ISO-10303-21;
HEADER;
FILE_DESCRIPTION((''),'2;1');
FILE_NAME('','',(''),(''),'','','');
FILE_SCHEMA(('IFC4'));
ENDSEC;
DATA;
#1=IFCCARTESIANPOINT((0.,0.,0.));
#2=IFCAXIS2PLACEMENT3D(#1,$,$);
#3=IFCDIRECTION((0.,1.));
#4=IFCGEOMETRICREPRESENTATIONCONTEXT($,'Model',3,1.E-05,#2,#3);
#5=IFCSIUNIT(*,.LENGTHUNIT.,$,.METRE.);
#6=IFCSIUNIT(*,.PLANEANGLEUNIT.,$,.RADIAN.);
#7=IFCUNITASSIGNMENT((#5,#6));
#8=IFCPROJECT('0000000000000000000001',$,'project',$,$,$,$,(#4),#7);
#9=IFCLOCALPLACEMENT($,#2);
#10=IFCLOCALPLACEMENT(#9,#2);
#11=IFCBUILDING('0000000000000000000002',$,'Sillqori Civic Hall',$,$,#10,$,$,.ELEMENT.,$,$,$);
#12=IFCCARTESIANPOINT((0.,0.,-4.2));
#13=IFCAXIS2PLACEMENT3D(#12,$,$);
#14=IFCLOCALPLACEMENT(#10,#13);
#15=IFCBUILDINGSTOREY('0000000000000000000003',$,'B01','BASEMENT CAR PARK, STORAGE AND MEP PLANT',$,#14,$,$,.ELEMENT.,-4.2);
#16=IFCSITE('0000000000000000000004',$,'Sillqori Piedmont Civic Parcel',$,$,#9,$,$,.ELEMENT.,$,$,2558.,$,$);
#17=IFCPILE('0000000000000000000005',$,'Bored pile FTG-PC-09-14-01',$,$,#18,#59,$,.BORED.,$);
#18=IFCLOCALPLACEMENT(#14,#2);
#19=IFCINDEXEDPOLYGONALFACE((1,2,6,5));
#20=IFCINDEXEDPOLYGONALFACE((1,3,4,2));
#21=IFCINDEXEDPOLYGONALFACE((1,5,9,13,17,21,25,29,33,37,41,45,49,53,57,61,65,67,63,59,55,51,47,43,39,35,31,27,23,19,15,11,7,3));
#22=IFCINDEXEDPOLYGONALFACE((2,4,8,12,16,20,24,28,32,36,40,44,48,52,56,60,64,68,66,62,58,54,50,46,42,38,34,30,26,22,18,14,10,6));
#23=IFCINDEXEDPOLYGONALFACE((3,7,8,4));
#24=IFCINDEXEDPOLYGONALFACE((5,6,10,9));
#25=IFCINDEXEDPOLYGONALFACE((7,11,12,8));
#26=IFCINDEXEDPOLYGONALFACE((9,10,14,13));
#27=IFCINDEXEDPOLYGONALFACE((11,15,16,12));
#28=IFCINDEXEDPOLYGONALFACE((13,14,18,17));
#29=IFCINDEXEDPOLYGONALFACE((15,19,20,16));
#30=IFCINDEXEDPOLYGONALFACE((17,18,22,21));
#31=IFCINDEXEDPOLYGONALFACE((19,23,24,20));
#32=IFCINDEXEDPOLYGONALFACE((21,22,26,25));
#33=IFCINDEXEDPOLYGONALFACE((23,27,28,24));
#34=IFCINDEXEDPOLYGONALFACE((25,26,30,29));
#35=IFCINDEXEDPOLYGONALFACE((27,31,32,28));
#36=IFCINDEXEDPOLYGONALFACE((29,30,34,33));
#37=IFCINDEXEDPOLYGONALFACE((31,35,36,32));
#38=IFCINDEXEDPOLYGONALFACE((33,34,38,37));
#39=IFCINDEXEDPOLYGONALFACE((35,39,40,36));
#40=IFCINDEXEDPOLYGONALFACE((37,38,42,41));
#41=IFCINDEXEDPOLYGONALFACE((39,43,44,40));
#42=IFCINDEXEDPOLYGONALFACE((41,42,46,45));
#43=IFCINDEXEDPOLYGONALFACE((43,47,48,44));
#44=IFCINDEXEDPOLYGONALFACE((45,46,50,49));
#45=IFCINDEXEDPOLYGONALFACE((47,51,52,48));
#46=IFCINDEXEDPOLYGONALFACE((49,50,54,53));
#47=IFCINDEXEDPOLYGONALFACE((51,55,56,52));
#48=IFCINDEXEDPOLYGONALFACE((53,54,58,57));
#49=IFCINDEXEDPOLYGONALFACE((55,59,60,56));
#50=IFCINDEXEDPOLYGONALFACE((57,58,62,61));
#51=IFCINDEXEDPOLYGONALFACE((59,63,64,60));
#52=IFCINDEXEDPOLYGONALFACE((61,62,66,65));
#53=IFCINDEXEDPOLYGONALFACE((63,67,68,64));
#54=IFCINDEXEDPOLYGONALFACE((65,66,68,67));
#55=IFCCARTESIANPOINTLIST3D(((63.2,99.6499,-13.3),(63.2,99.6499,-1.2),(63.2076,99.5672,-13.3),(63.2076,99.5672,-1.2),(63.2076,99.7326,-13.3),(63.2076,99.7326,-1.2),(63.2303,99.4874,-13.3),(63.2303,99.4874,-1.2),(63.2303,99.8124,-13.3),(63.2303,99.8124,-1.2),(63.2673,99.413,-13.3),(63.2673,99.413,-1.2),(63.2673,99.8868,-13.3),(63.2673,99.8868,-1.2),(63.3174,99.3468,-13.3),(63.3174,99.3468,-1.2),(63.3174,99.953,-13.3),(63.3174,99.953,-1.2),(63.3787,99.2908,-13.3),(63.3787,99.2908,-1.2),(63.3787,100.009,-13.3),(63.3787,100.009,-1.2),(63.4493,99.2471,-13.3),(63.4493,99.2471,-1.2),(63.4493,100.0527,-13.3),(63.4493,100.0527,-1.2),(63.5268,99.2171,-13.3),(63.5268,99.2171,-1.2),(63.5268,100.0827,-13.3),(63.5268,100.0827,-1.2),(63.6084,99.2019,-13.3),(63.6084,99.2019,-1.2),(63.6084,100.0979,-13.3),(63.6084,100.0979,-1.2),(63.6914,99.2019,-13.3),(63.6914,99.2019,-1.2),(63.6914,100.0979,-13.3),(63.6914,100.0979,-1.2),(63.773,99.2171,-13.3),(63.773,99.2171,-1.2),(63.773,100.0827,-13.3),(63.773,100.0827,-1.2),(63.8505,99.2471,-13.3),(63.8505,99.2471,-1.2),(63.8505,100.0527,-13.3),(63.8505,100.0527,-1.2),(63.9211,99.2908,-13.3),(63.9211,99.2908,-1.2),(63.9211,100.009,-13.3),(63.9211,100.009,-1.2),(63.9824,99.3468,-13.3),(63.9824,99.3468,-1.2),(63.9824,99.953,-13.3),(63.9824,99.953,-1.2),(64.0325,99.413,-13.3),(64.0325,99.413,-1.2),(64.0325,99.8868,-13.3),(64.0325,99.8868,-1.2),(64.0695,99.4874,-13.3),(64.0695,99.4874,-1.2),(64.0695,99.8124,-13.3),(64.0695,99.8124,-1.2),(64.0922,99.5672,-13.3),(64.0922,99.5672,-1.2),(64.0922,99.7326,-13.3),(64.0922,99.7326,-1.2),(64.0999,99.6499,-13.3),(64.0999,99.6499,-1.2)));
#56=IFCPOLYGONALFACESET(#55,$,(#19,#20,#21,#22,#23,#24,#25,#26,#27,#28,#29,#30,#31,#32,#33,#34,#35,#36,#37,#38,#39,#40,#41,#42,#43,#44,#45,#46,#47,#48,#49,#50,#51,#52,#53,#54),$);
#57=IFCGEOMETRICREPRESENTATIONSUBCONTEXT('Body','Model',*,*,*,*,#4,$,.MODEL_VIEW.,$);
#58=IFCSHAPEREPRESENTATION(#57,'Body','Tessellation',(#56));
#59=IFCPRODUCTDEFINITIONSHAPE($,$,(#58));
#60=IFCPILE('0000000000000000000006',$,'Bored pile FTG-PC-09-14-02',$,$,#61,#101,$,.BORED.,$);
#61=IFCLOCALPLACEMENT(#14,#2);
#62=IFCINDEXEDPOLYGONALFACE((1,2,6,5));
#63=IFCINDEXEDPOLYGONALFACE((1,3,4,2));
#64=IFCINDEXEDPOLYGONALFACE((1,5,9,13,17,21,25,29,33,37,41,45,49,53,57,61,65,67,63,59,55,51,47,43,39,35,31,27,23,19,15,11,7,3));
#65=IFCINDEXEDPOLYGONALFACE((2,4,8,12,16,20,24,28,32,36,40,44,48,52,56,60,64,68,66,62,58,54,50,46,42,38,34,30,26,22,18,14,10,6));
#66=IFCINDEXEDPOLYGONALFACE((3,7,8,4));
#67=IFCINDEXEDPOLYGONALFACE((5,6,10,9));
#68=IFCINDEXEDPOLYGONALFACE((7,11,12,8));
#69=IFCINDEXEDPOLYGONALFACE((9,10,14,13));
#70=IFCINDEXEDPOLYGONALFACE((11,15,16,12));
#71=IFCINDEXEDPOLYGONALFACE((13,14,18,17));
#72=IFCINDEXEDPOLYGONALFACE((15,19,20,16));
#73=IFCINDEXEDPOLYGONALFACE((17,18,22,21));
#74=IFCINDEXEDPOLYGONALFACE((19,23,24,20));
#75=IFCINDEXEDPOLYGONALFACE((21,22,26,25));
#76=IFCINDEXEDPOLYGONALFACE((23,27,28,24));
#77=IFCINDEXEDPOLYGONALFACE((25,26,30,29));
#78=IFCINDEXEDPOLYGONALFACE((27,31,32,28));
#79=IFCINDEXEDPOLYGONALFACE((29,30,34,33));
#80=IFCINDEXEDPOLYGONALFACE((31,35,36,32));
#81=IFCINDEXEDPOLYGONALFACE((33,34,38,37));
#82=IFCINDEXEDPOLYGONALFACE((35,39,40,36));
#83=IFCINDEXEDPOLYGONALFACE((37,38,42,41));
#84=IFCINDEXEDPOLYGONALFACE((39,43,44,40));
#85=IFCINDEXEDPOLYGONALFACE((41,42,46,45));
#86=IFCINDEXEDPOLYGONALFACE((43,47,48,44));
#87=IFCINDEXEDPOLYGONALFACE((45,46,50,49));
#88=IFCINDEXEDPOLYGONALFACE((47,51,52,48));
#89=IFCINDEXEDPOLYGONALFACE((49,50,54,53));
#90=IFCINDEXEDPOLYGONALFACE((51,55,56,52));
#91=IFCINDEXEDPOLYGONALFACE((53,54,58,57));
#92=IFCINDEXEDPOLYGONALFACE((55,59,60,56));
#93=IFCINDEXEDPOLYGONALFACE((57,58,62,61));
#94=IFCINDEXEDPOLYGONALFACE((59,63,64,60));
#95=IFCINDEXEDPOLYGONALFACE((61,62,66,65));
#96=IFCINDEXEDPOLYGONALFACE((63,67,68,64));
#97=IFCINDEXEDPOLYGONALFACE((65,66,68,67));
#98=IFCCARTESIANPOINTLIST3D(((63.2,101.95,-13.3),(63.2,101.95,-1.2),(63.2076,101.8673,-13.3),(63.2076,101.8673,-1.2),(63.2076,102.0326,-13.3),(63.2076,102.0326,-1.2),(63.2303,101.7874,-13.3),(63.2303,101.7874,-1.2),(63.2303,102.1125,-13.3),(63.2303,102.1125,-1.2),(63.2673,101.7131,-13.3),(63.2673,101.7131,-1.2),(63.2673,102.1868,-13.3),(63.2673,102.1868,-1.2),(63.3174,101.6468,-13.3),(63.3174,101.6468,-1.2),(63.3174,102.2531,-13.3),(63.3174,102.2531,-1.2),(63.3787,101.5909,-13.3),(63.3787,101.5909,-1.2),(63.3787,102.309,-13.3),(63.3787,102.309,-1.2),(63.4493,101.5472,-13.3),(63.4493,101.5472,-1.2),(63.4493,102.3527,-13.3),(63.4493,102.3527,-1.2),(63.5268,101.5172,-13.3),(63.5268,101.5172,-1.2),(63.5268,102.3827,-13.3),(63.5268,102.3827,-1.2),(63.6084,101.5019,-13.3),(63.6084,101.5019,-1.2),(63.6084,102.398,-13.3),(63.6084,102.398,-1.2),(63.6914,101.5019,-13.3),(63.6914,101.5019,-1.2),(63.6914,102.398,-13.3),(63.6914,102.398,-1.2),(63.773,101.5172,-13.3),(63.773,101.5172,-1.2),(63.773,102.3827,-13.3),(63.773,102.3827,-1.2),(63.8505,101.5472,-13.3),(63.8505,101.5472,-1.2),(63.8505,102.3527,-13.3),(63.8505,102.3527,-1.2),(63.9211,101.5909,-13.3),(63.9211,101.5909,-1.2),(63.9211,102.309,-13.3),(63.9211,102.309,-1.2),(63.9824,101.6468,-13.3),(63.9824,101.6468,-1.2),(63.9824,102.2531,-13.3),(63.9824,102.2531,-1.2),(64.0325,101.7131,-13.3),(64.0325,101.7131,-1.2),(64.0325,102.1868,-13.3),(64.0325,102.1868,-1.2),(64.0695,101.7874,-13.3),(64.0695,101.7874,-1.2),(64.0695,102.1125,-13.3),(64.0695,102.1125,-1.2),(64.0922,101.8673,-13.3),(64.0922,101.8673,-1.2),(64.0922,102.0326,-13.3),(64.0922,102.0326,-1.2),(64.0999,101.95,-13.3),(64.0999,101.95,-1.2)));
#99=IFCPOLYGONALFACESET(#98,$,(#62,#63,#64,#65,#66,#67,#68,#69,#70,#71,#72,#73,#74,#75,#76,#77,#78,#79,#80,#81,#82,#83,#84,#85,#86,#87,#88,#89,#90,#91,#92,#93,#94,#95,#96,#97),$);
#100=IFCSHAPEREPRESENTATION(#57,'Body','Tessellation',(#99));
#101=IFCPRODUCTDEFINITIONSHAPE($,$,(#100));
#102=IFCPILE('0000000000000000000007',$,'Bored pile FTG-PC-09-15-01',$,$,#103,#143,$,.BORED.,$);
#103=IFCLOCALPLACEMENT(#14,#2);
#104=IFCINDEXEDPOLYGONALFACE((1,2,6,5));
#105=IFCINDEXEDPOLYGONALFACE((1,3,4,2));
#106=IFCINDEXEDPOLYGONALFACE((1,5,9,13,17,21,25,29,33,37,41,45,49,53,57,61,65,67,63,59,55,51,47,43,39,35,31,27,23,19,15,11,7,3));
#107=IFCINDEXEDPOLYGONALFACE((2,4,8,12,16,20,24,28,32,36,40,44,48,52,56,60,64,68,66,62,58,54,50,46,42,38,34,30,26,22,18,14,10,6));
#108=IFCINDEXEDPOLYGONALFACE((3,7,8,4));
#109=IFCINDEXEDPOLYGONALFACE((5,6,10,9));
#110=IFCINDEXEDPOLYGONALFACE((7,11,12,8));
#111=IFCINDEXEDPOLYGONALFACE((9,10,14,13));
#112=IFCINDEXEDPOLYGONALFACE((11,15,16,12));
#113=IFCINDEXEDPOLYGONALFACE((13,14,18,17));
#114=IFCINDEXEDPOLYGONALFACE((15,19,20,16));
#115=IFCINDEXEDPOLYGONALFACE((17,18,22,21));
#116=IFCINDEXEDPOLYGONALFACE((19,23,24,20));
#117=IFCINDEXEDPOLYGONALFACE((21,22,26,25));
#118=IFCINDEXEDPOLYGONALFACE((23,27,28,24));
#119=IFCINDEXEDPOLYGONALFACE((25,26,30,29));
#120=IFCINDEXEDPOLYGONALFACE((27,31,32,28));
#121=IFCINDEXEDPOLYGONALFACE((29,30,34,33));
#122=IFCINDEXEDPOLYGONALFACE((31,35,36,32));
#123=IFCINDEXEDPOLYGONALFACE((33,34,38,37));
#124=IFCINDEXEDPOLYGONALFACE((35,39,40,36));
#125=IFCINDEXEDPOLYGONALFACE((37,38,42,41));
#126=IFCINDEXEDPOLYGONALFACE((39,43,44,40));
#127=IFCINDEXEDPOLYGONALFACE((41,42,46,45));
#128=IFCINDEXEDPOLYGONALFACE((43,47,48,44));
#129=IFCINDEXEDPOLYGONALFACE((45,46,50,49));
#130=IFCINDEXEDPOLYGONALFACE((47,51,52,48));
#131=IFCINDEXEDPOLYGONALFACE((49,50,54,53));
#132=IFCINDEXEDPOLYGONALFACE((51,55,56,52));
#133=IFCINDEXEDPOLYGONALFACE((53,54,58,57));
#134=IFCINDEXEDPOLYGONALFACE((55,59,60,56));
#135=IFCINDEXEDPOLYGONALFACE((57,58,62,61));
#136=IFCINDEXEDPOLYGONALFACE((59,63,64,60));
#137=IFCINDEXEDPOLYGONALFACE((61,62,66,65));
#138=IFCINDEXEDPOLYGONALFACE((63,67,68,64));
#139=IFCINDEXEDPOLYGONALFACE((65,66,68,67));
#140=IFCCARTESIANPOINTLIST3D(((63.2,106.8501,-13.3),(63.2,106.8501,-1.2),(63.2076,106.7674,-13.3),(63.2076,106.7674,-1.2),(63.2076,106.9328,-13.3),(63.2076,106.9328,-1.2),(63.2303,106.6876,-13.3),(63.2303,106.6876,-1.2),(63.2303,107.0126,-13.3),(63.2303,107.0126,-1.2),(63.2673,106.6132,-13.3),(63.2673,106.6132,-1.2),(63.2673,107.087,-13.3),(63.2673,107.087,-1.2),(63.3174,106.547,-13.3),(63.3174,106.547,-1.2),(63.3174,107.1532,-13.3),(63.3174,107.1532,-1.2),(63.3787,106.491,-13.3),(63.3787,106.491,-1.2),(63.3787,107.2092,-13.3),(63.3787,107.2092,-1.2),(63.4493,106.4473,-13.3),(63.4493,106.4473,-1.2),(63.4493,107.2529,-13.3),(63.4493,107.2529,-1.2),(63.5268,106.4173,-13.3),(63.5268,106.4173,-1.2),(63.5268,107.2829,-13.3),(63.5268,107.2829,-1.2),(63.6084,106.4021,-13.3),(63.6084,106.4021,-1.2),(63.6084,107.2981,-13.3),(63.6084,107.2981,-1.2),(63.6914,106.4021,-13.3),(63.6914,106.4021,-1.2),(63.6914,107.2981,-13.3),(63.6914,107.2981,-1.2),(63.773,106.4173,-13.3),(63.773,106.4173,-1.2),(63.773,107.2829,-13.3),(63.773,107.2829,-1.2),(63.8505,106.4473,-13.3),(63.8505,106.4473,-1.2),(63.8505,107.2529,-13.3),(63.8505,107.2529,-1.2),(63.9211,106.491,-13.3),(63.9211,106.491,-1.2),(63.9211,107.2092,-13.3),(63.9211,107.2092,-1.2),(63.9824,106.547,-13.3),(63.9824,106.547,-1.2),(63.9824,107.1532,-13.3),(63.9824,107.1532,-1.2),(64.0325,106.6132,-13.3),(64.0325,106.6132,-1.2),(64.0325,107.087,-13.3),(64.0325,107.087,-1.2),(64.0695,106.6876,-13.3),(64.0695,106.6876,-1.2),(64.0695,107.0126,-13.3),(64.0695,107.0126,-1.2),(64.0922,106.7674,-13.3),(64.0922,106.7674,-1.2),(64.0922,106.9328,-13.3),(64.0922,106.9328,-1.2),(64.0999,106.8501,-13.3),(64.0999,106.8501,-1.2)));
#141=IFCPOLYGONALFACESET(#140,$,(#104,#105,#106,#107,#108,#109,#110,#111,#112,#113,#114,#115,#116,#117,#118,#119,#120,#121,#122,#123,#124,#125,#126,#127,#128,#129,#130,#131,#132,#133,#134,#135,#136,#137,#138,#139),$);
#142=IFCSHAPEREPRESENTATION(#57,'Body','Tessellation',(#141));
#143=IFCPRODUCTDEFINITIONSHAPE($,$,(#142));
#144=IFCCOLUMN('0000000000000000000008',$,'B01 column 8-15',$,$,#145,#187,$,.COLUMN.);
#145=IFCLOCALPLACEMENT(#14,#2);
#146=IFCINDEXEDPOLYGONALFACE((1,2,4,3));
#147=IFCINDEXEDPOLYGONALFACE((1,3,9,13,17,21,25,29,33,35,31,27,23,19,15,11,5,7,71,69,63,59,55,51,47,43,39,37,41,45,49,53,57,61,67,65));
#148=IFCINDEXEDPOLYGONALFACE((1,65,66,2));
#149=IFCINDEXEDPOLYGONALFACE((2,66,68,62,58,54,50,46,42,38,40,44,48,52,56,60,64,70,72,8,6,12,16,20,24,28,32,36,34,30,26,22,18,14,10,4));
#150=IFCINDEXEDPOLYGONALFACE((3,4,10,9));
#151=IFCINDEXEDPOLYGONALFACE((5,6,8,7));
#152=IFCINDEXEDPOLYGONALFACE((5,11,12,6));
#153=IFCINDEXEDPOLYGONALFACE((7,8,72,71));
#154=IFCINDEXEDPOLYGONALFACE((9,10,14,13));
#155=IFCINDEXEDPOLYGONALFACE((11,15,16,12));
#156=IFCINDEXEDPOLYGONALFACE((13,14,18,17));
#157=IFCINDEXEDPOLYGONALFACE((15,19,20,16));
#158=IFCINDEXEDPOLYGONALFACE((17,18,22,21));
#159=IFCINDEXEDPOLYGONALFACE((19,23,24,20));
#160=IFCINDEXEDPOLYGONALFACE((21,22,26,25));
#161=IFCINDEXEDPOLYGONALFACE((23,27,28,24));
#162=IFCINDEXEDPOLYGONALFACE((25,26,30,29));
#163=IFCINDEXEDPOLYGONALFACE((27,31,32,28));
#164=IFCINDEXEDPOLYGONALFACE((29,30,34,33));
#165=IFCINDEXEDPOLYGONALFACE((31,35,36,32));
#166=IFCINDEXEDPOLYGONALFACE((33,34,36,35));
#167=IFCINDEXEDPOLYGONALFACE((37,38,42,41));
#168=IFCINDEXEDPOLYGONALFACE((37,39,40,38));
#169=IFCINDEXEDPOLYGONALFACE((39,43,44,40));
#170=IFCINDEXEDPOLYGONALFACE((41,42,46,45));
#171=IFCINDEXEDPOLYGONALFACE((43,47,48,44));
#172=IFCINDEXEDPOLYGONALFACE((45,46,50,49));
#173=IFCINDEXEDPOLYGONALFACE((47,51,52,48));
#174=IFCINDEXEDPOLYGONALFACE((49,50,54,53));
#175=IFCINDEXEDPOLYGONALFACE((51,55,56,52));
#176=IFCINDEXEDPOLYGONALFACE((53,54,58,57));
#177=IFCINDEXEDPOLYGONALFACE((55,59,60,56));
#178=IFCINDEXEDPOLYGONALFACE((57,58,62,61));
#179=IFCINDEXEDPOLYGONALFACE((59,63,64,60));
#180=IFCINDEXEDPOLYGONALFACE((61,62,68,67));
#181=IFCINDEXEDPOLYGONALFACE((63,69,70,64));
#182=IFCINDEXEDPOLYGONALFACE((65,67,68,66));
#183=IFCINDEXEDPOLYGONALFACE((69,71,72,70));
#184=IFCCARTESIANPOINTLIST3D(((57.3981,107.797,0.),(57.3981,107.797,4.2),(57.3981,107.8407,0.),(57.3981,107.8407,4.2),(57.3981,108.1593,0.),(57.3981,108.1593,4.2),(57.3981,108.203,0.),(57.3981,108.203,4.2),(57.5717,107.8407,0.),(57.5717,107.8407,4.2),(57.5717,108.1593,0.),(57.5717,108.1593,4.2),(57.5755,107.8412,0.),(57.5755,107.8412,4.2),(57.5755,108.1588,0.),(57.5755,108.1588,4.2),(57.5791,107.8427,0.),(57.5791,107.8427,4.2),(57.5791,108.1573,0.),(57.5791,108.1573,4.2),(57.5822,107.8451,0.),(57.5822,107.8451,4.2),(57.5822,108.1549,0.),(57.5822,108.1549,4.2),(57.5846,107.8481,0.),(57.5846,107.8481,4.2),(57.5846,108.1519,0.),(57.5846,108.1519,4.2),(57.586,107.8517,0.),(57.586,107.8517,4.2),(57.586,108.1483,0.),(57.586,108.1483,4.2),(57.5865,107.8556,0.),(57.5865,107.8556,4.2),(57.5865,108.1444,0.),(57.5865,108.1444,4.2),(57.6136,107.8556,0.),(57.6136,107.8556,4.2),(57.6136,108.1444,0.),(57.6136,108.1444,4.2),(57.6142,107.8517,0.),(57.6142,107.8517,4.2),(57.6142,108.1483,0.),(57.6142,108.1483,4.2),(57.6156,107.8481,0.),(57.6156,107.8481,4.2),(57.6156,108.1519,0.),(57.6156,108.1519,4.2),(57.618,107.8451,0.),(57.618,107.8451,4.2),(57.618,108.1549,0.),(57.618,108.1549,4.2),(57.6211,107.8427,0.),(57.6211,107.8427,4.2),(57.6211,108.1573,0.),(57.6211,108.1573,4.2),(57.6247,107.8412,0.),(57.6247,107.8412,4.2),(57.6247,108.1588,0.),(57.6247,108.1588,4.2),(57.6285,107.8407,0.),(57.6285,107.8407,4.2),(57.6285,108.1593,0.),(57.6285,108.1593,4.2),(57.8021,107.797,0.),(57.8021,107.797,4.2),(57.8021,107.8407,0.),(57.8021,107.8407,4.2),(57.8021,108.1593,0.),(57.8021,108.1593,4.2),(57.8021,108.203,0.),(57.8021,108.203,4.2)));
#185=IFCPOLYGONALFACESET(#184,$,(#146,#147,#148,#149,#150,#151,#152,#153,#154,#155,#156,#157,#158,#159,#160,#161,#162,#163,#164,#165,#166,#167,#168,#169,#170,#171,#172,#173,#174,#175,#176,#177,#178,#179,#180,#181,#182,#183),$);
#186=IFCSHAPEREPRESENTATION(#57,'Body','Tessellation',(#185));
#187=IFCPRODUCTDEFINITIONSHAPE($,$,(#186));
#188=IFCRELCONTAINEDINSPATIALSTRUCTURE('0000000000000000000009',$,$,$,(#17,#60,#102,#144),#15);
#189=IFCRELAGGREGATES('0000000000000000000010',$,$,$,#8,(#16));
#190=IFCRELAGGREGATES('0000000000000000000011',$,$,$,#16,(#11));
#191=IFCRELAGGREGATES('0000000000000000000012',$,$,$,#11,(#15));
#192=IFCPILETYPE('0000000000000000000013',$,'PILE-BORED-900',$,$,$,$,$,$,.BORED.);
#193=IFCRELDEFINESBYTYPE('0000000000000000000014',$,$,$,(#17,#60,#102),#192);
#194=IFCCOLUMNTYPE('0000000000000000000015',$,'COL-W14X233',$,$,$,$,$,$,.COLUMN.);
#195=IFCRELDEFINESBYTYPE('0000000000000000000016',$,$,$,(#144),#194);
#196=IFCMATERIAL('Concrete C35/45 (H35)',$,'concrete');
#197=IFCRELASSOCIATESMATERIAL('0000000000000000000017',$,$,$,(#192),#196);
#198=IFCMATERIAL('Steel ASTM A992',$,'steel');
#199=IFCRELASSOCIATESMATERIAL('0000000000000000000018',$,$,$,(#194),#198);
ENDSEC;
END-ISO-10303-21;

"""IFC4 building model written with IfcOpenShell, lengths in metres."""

from ifc_helpers import new_model, si_unit, direction, frame, origin, origin_2d, place, context, subcontext, project, spatial, circle, i_section, extrude, material, material_profile, profile_set, type_object, element, save


model = new_model("IFC4")

# Units and contexts
model_context = context("Model", 3, precision=1e-05, world=origin(), true_north=direction((0.0, 1.0)))
body_context = subcontext(model_context, "Body", "Model", "MODEL_VIEW")
ifc_project = project(units=[si_unit("LENGTHUNIT", "METRE"), si_unit("PLANEANGLEUNIT", "RADIAN")], contexts=[model_context])

# Site, building, storey
site_placement = place(None, origin())
site = spatial("IfcSite", under=ifc_project, at=site_placement, Name="Sillqori Piedmont Civic Parcel", CompositionType="ELEMENT", RefElevation=2558.0)
building_placement = place(site_placement, origin())
building = spatial("IfcBuilding", under=site, at=building_placement, Name="Sillqori Civic Hall", CompositionType="ELEMENT")
storey_placement = place(building_placement, frame((0.0, 0.0, -4.2)))
storey = spatial("IfcBuildingStorey", under=building, at=storey_placement, Name="B01", Description="BASEMENT CAR PARK, STORAGE AND MEP PLANT", CompositionType="ELEMENT", Elevation=-4.2)

# Shared definitions
ifc_material_1 = material(Name="Concrete C35/45 (H35)", Category="concrete")

# Piles
ifc_material_profile_1 = material_profile(ifc_material_1, circle(Radius=0.45, at=origin_2d()), Name="BORED PILE 900")
ifc_profile_set_1 = profile_set([ifc_material_profile_1], Name="Concrete C35/45 (H35)")
pile_type = type_object("IfcPileType", Name="PILE-BORED-900", PredefinedType="BORED", material=ifc_profile_set_1)
for number, where, z_axis, x_axis, name in (
    (1, (63.6499, 99.6499, -1.2), (0.0, 0.0, -1.0), (1.0, 0.0, 0.0), "Bored pile FTG-PC-09-14-01"),
    (2, (63.6499, 101.95, -1.2), (0.0, 0.0, -1.0), (1.0, 0.0, 0.0), "Bored pile FTG-PC-09-14-02"),
    (3, (63.6499, 106.8501, -1.2), (0.0, 0.0, -1.0), (1.0, 0.0, 0.0), "Bored pile FTG-PC-09-15-01"),
):
    element("IfcPile", number, at=place(storey_placement, frame(where, z_axis=z_axis, x_axis=x_axis)), inside=storey, type_object=pile_type, Name=name, PredefinedType="BORED", context=body_context, shape_type="SweptSolid", body=[
        extrude(circle(Radius=0.45, at=origin_2d()), origin(), (0.0, 0.0, 1.0), 12.1001),
    ])

# Column
ifc_material_2 = material(Name="Steel ASTM A992", Category="steel")
ifc_material_profile_2 = material_profile(ifc_material_2, i_section(OverallWidth=0.4041, OverallDepth=0.406, WebThickness=0.0271, FlangeThickness=0.0437, FilletRadius=0.0149, at=origin_2d()), Name="W14X233")
ifc_profile_set_2 = profile_set([ifc_material_profile_2], Name="Steel ASTM A992")
column_type = type_object("IfcColumnType", Name="COL-W14X233", PredefinedType="COLUMN", material=ifc_profile_set_2)
for number, where, z_axis, x_axis, name in (
    (4, (57.6001, 108.0, 0.0), (0.0, 0.0, 1.0), (1.0, 0.0, 0.0), "B01 column 8-15"),
):
    element("IfcColumn", number, at=place(storey_placement, frame(where, z_axis=z_axis, x_axis=x_axis)), inside=storey, type_object=column_type, Name=name, PredefinedType="COLUMN", context=body_context, shape_type="SweptSolid", body=[
        extrude(i_section(OverallWidth=0.4041, OverallDepth=0.406, WebThickness=0.0271, FlangeThickness=0.0437, FilletRadius=0.0149, at=origin_2d()), origin(), (0.0, 0.0, 1.0), 4.2),
    ])

save(model, "model.ifc")
